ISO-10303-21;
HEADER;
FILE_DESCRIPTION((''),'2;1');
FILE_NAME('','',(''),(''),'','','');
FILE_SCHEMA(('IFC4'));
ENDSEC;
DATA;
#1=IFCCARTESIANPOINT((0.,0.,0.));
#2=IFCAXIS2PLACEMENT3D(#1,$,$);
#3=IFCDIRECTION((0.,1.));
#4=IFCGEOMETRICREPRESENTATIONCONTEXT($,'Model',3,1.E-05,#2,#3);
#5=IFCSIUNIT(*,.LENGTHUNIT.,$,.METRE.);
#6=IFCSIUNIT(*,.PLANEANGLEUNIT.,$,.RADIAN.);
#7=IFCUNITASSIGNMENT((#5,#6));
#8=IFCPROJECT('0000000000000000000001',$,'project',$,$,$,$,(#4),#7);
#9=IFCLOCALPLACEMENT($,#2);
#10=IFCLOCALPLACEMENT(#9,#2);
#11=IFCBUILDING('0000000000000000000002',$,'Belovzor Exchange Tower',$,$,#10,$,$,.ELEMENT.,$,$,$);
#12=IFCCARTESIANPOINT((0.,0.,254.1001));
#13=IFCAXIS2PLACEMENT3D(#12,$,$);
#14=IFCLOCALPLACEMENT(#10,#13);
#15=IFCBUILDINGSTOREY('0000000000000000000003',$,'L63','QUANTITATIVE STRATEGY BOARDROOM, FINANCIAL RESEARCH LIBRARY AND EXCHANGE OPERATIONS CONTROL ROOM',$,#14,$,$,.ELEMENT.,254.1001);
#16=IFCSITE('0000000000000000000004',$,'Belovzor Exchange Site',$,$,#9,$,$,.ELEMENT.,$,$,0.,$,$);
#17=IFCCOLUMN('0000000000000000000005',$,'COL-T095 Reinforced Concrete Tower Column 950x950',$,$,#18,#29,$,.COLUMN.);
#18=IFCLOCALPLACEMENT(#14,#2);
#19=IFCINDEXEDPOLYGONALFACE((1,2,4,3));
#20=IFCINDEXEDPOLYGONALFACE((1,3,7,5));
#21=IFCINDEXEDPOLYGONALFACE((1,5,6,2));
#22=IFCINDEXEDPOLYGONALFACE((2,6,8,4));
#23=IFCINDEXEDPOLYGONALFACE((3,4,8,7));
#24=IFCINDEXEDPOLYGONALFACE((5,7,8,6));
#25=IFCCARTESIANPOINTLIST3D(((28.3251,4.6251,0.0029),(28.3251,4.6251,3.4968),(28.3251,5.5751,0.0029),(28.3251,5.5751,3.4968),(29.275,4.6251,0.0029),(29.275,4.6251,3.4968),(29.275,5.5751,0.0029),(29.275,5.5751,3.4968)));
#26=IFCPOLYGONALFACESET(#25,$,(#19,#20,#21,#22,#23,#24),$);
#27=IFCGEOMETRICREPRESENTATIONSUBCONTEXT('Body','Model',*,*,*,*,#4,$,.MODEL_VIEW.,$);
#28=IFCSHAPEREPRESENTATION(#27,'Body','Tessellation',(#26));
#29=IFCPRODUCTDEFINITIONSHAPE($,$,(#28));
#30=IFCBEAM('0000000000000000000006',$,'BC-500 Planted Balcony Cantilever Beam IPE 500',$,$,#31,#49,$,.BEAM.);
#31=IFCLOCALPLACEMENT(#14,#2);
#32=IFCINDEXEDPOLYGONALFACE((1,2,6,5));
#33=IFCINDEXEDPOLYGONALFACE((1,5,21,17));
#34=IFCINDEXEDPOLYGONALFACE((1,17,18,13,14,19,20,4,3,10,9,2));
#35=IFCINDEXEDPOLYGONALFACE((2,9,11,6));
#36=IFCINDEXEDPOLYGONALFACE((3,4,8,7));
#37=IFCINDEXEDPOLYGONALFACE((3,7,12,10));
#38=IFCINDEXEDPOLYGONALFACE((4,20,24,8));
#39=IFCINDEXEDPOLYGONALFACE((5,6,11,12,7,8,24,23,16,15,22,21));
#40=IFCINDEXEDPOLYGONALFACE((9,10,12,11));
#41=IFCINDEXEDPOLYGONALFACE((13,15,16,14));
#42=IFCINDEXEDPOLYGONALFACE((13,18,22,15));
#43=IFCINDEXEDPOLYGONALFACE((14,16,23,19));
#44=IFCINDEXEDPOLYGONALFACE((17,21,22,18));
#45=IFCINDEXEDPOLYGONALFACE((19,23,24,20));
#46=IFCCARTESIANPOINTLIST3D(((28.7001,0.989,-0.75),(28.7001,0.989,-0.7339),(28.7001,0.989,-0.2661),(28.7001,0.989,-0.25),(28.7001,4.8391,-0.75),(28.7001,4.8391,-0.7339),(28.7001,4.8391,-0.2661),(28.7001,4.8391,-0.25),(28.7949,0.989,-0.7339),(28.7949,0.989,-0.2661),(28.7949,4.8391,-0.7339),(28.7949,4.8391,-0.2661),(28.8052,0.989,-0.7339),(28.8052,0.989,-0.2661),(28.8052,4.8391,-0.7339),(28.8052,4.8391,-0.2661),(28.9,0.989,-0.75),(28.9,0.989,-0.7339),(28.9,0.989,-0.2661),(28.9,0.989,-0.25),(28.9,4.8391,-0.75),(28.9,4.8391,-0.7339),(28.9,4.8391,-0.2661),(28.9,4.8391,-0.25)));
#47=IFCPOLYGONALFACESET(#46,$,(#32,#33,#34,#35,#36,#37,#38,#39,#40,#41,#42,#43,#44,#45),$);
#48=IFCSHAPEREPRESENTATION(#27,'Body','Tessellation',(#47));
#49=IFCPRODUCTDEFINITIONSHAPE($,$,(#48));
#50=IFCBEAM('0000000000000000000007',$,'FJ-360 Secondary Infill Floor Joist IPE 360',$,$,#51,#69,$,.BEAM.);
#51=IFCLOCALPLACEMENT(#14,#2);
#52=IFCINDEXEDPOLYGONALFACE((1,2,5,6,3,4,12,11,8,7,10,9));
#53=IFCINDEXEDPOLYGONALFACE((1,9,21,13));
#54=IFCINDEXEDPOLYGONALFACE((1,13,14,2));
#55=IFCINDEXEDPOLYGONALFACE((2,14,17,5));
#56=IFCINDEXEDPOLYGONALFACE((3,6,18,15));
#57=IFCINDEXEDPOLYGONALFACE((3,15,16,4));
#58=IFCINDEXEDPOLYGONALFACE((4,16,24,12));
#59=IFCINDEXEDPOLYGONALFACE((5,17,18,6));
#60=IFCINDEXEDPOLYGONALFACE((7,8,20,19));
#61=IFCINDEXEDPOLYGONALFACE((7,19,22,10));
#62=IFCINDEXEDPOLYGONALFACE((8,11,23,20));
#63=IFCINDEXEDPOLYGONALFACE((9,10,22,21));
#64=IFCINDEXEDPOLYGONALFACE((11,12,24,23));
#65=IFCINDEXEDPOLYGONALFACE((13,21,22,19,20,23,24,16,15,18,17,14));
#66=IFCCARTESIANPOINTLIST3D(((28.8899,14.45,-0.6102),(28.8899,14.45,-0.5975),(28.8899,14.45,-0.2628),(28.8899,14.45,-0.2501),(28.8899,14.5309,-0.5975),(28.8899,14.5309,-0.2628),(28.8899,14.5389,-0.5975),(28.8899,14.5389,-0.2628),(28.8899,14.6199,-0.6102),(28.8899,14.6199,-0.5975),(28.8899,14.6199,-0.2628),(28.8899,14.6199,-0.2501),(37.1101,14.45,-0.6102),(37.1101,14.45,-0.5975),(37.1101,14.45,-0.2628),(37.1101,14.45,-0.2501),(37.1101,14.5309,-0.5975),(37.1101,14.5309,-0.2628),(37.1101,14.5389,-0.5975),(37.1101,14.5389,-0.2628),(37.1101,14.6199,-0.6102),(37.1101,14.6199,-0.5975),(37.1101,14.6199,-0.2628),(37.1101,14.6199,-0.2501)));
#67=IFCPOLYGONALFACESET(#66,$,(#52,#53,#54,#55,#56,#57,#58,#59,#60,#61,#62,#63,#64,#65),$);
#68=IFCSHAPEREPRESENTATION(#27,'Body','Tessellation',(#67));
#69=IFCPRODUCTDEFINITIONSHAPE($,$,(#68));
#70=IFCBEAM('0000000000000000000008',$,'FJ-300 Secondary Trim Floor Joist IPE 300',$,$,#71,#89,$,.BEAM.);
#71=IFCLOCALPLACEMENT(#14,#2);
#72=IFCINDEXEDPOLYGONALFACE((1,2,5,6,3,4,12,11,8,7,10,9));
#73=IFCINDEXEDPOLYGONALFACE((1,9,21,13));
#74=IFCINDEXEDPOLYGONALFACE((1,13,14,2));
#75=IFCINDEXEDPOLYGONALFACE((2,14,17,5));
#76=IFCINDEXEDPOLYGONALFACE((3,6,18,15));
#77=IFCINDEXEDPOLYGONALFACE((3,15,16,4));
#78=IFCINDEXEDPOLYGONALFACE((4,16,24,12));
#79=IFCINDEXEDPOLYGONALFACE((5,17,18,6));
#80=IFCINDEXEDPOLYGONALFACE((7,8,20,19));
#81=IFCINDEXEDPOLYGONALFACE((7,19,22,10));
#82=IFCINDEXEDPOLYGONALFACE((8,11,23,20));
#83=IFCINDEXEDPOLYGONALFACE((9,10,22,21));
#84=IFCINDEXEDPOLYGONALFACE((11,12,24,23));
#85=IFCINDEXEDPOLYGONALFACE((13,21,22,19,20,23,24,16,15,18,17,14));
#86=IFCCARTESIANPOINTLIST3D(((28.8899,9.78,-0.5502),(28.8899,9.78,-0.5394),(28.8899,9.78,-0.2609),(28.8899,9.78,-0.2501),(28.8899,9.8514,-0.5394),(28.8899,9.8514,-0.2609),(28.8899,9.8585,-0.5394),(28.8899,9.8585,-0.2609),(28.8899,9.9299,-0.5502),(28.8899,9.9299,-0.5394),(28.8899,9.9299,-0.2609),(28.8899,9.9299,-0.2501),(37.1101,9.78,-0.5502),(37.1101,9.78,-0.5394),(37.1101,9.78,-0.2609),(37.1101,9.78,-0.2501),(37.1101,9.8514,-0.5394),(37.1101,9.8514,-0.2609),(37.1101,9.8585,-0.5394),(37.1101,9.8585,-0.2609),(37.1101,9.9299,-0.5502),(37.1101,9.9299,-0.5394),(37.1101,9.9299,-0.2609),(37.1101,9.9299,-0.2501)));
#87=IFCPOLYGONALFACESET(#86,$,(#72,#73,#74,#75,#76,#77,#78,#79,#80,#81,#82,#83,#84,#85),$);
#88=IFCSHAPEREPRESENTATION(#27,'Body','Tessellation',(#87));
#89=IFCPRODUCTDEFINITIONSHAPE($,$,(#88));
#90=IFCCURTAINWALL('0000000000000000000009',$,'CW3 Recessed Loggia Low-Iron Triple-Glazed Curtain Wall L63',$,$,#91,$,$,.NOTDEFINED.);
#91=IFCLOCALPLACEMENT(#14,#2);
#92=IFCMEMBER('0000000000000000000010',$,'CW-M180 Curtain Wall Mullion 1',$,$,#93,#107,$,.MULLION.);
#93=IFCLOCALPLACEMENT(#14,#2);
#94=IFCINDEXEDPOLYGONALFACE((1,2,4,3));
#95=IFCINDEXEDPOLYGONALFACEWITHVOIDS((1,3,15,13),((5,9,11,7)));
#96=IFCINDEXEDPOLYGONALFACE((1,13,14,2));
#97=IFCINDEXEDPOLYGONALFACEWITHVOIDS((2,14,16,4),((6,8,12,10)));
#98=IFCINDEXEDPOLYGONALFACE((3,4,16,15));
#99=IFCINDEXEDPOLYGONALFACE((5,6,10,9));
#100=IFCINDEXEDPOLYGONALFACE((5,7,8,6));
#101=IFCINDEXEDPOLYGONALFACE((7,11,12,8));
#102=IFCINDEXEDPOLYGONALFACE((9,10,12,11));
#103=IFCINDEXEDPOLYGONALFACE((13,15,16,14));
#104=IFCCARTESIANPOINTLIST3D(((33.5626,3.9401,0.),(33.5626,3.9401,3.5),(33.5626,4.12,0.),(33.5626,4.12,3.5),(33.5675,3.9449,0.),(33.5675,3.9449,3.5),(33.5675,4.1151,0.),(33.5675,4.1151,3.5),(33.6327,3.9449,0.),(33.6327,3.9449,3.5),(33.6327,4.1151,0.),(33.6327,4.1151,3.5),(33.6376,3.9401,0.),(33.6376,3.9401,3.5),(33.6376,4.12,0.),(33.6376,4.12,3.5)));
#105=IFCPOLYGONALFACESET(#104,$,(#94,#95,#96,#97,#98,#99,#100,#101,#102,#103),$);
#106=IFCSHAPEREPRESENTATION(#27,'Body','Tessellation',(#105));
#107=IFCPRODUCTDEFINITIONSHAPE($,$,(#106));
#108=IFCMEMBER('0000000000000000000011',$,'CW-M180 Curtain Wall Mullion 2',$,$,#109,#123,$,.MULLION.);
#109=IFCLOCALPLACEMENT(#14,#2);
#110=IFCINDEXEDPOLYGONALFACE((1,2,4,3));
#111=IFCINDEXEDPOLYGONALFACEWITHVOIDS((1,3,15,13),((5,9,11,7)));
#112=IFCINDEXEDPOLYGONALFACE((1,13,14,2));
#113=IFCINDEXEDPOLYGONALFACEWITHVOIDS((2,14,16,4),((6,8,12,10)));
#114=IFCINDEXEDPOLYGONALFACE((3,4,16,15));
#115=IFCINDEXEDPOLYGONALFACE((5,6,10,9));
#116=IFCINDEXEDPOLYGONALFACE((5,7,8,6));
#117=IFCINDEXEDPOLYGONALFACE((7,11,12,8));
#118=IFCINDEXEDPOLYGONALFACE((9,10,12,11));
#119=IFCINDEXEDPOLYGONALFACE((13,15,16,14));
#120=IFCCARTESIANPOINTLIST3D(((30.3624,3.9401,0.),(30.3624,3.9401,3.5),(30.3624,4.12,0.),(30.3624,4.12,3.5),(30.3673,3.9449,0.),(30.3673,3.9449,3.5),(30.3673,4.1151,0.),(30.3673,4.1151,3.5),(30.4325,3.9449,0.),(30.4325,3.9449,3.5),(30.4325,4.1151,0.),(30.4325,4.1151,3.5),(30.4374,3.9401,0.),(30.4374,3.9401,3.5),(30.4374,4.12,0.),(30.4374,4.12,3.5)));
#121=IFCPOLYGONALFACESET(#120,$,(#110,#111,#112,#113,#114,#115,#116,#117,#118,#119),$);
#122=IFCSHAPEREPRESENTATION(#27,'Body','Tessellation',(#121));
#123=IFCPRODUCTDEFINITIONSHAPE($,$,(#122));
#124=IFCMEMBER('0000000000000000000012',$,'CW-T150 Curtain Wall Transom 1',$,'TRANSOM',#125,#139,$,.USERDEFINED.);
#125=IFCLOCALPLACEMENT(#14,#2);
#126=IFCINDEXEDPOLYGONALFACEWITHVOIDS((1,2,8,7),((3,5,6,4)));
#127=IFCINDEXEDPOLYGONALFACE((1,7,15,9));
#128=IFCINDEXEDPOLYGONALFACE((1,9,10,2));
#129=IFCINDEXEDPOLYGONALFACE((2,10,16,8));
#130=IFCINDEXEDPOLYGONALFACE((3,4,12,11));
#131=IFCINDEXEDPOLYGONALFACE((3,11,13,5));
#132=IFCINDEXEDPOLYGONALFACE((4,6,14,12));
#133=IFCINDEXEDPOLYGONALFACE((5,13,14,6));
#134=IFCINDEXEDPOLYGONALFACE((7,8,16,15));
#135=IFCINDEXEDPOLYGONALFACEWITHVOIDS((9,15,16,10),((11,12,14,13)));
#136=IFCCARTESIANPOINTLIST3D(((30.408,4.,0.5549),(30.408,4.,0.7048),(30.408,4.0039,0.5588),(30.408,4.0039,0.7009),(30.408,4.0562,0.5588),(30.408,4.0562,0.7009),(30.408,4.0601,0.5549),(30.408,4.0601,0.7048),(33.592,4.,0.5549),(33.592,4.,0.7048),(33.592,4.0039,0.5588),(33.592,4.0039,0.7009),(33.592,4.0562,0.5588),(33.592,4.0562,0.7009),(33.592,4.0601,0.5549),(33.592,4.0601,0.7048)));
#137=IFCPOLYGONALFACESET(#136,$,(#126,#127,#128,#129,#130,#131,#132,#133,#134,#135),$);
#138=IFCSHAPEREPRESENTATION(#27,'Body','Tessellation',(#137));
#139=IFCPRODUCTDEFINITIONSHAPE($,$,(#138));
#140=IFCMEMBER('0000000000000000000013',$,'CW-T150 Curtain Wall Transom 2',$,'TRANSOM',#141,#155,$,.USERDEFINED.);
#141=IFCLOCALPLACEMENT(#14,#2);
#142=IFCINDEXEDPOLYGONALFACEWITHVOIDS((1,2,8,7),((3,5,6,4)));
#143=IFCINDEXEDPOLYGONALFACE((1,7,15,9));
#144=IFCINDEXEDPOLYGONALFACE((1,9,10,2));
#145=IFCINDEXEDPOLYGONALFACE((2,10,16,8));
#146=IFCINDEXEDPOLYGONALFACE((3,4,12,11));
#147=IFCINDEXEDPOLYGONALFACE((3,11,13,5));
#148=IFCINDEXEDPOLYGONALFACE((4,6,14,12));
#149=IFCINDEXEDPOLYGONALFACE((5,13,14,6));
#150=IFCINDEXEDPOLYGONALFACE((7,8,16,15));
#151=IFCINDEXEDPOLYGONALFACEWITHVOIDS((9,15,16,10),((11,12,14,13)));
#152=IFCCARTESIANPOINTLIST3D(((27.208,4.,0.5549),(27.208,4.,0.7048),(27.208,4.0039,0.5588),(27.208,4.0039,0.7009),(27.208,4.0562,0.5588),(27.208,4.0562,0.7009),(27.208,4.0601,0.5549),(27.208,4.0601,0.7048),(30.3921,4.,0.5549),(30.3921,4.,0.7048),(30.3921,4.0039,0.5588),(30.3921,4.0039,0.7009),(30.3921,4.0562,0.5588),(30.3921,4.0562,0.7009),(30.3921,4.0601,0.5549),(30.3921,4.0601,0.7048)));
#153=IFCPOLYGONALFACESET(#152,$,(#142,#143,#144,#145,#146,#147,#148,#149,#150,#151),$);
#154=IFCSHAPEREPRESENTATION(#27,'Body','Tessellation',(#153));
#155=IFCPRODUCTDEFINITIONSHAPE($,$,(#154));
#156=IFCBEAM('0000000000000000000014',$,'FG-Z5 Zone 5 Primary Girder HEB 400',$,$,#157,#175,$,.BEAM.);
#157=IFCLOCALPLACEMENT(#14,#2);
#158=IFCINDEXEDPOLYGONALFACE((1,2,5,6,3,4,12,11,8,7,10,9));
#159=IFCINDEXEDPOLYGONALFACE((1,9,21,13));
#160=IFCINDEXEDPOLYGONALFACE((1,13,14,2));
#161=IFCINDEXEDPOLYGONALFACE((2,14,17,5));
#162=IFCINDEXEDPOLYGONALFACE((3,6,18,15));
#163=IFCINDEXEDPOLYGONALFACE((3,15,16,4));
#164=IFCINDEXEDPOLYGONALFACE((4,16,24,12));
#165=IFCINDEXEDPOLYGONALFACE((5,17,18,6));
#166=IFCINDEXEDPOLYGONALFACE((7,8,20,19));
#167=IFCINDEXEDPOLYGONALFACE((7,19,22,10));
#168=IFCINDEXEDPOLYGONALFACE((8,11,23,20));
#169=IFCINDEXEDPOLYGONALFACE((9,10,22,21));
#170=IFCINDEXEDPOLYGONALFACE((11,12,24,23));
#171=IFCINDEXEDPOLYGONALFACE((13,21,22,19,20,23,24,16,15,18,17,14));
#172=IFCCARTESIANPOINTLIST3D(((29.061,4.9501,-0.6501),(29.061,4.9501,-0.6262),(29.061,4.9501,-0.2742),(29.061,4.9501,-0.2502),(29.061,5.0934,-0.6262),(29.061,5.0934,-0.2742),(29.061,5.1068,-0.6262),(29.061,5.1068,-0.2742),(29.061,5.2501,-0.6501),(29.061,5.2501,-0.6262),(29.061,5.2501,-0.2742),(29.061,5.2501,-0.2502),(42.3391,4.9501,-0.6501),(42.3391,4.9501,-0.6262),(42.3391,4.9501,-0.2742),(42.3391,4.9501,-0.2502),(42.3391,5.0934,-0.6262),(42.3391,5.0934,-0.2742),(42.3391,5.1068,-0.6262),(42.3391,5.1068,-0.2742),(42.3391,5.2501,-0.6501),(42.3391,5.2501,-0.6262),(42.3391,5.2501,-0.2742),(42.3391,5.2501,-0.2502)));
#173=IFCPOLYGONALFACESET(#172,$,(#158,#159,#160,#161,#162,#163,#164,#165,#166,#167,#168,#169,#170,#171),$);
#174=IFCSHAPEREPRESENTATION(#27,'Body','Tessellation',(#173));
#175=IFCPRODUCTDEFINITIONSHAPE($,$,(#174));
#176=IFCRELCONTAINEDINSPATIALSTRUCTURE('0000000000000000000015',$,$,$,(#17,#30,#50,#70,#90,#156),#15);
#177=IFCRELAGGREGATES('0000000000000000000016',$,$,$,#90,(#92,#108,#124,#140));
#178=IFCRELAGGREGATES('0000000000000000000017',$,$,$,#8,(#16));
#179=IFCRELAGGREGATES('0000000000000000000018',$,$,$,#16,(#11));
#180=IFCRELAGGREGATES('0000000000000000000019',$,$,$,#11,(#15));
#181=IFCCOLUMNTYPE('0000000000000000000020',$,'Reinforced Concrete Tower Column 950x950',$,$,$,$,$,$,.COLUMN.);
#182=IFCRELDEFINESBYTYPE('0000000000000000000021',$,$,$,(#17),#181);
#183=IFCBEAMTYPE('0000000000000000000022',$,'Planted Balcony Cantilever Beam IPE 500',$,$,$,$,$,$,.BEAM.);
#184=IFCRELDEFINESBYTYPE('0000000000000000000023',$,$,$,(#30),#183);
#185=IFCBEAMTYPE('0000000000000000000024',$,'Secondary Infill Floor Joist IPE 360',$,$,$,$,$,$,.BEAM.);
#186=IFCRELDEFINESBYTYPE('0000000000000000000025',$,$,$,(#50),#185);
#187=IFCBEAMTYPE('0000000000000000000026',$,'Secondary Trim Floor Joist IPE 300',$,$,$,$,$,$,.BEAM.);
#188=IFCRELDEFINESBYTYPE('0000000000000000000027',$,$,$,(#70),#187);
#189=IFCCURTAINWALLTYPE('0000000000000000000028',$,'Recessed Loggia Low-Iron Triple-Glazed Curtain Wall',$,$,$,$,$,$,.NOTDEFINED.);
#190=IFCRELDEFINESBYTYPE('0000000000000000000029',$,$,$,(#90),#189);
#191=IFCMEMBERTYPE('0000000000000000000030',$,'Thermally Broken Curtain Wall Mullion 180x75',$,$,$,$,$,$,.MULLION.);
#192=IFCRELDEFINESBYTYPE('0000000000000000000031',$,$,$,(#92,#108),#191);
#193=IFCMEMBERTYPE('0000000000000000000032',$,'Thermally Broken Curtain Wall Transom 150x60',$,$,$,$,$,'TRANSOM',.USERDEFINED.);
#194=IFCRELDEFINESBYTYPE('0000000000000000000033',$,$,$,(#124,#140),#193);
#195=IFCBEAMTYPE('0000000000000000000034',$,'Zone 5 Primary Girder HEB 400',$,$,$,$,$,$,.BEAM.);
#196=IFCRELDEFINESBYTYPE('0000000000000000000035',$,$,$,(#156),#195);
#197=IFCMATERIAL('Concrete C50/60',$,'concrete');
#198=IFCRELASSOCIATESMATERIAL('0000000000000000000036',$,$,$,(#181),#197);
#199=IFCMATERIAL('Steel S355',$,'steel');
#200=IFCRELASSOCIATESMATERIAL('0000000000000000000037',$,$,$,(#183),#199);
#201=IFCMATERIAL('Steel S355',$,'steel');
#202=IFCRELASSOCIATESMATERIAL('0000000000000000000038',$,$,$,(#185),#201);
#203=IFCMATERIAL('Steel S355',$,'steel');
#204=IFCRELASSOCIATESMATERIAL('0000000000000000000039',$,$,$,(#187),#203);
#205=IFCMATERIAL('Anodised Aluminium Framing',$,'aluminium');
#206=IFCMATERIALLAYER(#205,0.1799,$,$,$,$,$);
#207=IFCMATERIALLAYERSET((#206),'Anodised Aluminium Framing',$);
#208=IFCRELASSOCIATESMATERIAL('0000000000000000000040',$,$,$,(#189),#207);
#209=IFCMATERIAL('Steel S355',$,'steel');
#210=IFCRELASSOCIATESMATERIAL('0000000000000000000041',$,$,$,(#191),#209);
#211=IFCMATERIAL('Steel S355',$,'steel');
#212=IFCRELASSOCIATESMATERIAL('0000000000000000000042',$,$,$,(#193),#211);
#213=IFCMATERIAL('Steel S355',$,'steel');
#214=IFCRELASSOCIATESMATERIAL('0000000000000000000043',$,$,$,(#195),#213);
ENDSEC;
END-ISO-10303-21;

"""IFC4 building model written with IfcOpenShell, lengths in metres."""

from ifc_helpers import new_model, si_unit, direction, frame, origin, origin_2d, place, context, subcontext, project, spatial, rectangle, hollow_rectangle, i_section, extrude, material, layer, layer_set, material_profile, profile_set, type_object, element, aggregate, save


model = new_model("IFC4")

# Units and contexts
model_context = context("Model", 3, precision=1e-05, world=origin(), true_north=direction((0.0, 1.0)))
body_context = subcontext(model_context, "Body", "Model", "MODEL_VIEW")
ifc_project = project(units=[si_unit("LENGTHUNIT", "METRE"), si_unit("PLANEANGLEUNIT", "RADIAN")], contexts=[model_context])

# Site, building, storey
site_placement = place(None, origin())
site = spatial("IfcSite", under=ifc_project, at=site_placement, Name="Belovzor Exchange Site", CompositionType="ELEMENT", RefElevation=0.0)
building_placement = place(site_placement, origin())
building = spatial("IfcBuilding", under=site, at=building_placement, Name="Belovzor Exchange Tower", CompositionType="ELEMENT")
storey_placement = place(building_placement, frame((0.0, 0.0, 254.1001)))
storey = spatial("IfcBuildingStorey", under=building, at=storey_placement, Name="L63", Description="QUANTITATIVE STRATEGY BOARDROOM, FINANCIAL RESEARCH LIBRARY AND EXCHANGE OPERATIONS CONTROL ROOM", CompositionType="ELEMENT", Elevation=254.1001)

# Column
ifc_material_1 = material(Name="Concrete C50/60", Category="concrete")
ifc_material_profile_1 = material_profile(ifc_material_1, rectangle(XDim=0.95, YDim=0.95, at=origin_2d()))
ifc_profile_set_1 = profile_set([ifc_material_profile_1], Name="Concrete C50/60")
column_type = type_object("IfcColumnType", Name="Reinforced Concrete Tower Column 950x950", PredefinedType="COLUMN", material=ifc_profile_set_1)
column_placement = place(storey_placement, frame((28.8, 5.1001, 0.0029), z_axis=(0.0, 0.0, 1.0), x_axis=(1.0, 0.0, 0.0)))
element("IfcColumn", 1, at=column_placement, inside=storey, type_object=column_type, Name="COL-T095 Reinforced Concrete Tower Column 950x950", PredefinedType="COLUMN", context=body_context, shape_type="SweptSolid", body=[
    extrude(rectangle(XDim=0.95, YDim=0.95, at=origin_2d()), origin(), (0.0, 0.0, 1.0), 3.4939),
])

# Beams
ifc_material_2 = material(Name="Steel S355", Category="steel")
ifc_material_profile_2 = material_profile(ifc_material_2, i_section(OverallWidth=0.2, OverallDepth=0.5, WebThickness=0.0103, FlangeThickness=0.0161, at=origin_2d()))
ifc_profile_set_2 = profile_set([ifc_material_profile_2], Name="Steel S355")
beam_type_1 = type_object("IfcBeamType", Name="Planted Balcony Cantilever Beam IPE 500", PredefinedType="BEAM", material=ifc_profile_set_2)
beam_1_placement = place(storey_placement, frame((28.8, 4.8391, -0.5), z_axis=(0.0, -1.0, 0.0), x_axis=(1.0, 0.0, 0.0)))
element("IfcBeam", 2, at=beam_1_placement, inside=storey, type_object=beam_type_1, Name="BC-500 Planted Balcony Cantilever Beam IPE 500", PredefinedType="BEAM", context=body_context, shape_type="SweptSolid", body=[
    extrude(i_section(OverallWidth=0.2, OverallDepth=0.5, WebThickness=0.0103, FlangeThickness=0.0161, at=origin_2d()), origin(), (0.0, 0.0, 1.0), 3.8501),
])
ifc_material_3 = material(Name="Steel S355", Category="steel")
ifc_material_profile_3 = material_profile(ifc_material_3, i_section(OverallWidth=0.1699, OverallDepth=0.3601, WebThickness=0.0081, FlangeThickness=0.0127, at=origin_2d()))
ifc_profile_set_3 = profile_set([ifc_material_profile_3], Name="Steel S355")
beam_type_2 = type_object("IfcBeamType", Name="Secondary Infill Floor Joist IPE 360", PredefinedType="BEAM", material=ifc_profile_set_3)
beam_2_placement = place(storey_placement, frame((28.8899, 14.5349, -0.4302), z_axis=(1.0, 0.0, 0.0), x_axis=(0.0, 1.0, 0.0)))
element("IfcBeam", 3, at=beam_2_placement, inside=storey, type_object=beam_type_2, Name="FJ-360 Secondary Infill Floor Joist IPE 360", PredefinedType="BEAM", context=body_context, shape_type="SweptSolid", body=[
    extrude(i_section(OverallWidth=0.1699, OverallDepth=0.3601, WebThickness=0.0081, FlangeThickness=0.0127, at=origin_2d()), origin(), (0.0, 0.0, 1.0), 8.2202),
])
ifc_material_4 = material(Name="Steel S355", Category="steel")
ifc_material_profile_4 = material_profile(ifc_material_4, i_section(OverallWidth=0.1499, OverallDepth=0.3, WebThickness=0.0071, FlangeThickness=0.0107, at=origin_2d()))
ifc_profile_set_4 = profile_set([ifc_material_profile_4], Name="Steel S355")
beam_type_3 = type_object("IfcBeamType", Name="Secondary Trim Floor Joist IPE 300", PredefinedType="BEAM", material=ifc_profile_set_4)
beam_3_placement = place(storey_placement, frame((28.8899, 9.855, -0.4001), z_axis=(1.0, 0.0, 0.0), x_axis=(0.0, 1.0, 0.0)))
element("IfcBeam", 4, at=beam_3_placement, inside=storey, type_object=beam_type_3, Name="FJ-300 Secondary Trim Floor Joist IPE 300", PredefinedType="BEAM", context=body_context, shape_type="SweptSolid", body=[
    extrude(i_section(OverallWidth=0.1499, OverallDepth=0.3, WebThickness=0.0071, FlangeThickness=0.0107, at=origin_2d()), origin(), (0.0, 0.0, 1.0), 8.2202),
])

# Curtain wall, members
ifc_material_5 = material(Name="Anodised Aluminium Framing", Category="aluminium")
ifc_layer_1 = layer(ifc_material_5, 0.1799)
ifc_layer_set_1 = layer_set([ifc_layer_1], Name="Anodised Aluminium Framing")
curtain_wall_type = type_object("IfcCurtainWallType", Name="Recessed Loggia Low-Iron Triple-Glazed Curtain Wall", PredefinedType="NOTDEFINED", material=ifc_layer_set_1)
curtain_wall_placement = place(storey_placement, origin())
curtain_wall = element("IfcCurtainWall", 5, at=curtain_wall_placement, inside=storey, type_object=curtain_wall_type, Name="CW3 Recessed Loggia Low-Iron Triple-Glazed Curtain Wall L63", PredefinedType="NOTDEFINED")
ifc_material_6 = material(Name="Steel S355", Category="steel")
ifc_material_profile_5 = material_profile(ifc_material_6, hollow_rectangle(XDim=0.075, YDim=0.1799, WallThickness=0.0049, at=origin_2d()))
ifc_profile_set_5 = profile_set([ifc_material_profile_5], Name="Steel S355")
member_type_1 = type_object("IfcMemberType", Name="Thermally Broken Curtain Wall Mullion 180x75", PredefinedType="MULLION", material=ifc_profile_set_5)
member_1_placement = place(storey_placement, frame((33.6001, 4.03, 0.0), z_axis=(0.0, 0.0, 1.0), x_axis=(-1.0, 0.0, 0.0)))
member_1 = element("IfcMember", 6, at=member_1_placement, type_object=member_type_1, Name="CW-M180 Curtain Wall Mullion 1", PredefinedType="MULLION", context=body_context, shape_type="SweptSolid", body=[
    extrude(hollow_rectangle(XDim=0.075, YDim=0.1799, WallThickness=0.0049, at=origin_2d()), origin(), (0.0, 0.0, 1.0), 3.5),
])
member_2_placement = place(storey_placement, frame((30.3999, 4.03, 0.0), z_axis=(0.0, 0.0, 1.0), x_axis=(-1.0, 0.0, 0.0)))
member_2 = element("IfcMember", 7, at=member_2_placement, type_object=member_type_1, Name="CW-M180 Curtain Wall Mullion 2", PredefinedType="MULLION", context=body_context, shape_type="SweptSolid", body=[
    extrude(hollow_rectangle(XDim=0.075, YDim=0.1799, WallThickness=0.0049, at=origin_2d()), origin(), (0.0, 0.0, 1.0), 3.5),
])
ifc_material_7 = material(Name="Steel S355", Category="steel")
ifc_material_profile_6 = material_profile(ifc_material_7, hollow_rectangle(XDim=0.0601, YDim=0.1499, WallThickness=0.0039, at=origin_2d()))
ifc_profile_set_6 = profile_set([ifc_material_profile_6], Name="Steel S355")
member_type_2 = type_object("IfcMemberType", Name="Thermally Broken Curtain Wall Transom 150x60", ElementType="TRANSOM", PredefinedType="USERDEFINED", material=ifc_profile_set_6)
member_3_placement = place(storey_placement, frame((33.592, 4.03, 0.6299), z_axis=(-1.0, 0.0, 0.0), x_axis=(0.0, -1.0, 0.0)))
member_3 = element("IfcMember", 8, at=member_3_placement, type_object=member_type_2, Name="CW-T150 Curtain Wall Transom 1", ObjectType="TRANSOM", PredefinedType="USERDEFINED", context=body_context, shape_type="SweptSolid", body=[
    extrude(hollow_rectangle(XDim=0.0601, YDim=0.1499, WallThickness=0.0039, at=origin_2d()), origin(), (0.0, 0.0, 1.0), 3.1841),
])
member_4_placement = place(storey_placement, frame((30.3921, 4.03, 0.6299), z_axis=(-1.0, 0.0, 0.0), x_axis=(0.0, -1.0, 0.0)))
member_4 = element("IfcMember", 9, at=member_4_placement, type_object=member_type_2, Name="CW-T150 Curtain Wall Transom 2", ObjectType="TRANSOM", PredefinedType="USERDEFINED", context=body_context, shape_type="SweptSolid", body=[
    extrude(hollow_rectangle(XDim=0.0601, YDim=0.1499, WallThickness=0.0039, at=origin_2d()), origin(), (0.0, 0.0, 1.0), 3.1841),
])

# Beam
ifc_material_8 = material(Name="Steel S355", Category="steel")
ifc_material_profile_7 = material_profile(ifc_material_8, i_section(OverallWidth=0.3, OverallDepth=0.3999, WebThickness=0.0134, FlangeThickness=0.0239, at=origin_2d()))
ifc_profile_set_7 = profile_set([ifc_material_profile_7], Name="Steel S355")
beam_type_4 = type_object("IfcBeamType", Name="Zone 5 Primary Girder HEB 400", PredefinedType="BEAM", material=ifc_profile_set_7)
beam_4_placement = place(storey_placement, frame((29.061, 5.1001, -0.4502), z_axis=(1.0, 0.0, 0.0), x_axis=(0.0, 1.0, 0.0)))
element("IfcBeam", 10, at=beam_4_placement, inside=storey, type_object=beam_type_4, Name="FG-Z5 Zone 5 Primary Girder HEB 400", PredefinedType="BEAM", context=body_context, shape_type="SweptSolid", body=[
    extrude(i_section(OverallWidth=0.3, OverallDepth=0.3999, WebThickness=0.0134, FlangeThickness=0.0239, at=origin_2d()), origin(), (0.0, 0.0, 1.0), 13.2781),
])

aggregate(curtain_wall, [member_1, member_2, member_3, member_4])

save(model, "model.ifc")
